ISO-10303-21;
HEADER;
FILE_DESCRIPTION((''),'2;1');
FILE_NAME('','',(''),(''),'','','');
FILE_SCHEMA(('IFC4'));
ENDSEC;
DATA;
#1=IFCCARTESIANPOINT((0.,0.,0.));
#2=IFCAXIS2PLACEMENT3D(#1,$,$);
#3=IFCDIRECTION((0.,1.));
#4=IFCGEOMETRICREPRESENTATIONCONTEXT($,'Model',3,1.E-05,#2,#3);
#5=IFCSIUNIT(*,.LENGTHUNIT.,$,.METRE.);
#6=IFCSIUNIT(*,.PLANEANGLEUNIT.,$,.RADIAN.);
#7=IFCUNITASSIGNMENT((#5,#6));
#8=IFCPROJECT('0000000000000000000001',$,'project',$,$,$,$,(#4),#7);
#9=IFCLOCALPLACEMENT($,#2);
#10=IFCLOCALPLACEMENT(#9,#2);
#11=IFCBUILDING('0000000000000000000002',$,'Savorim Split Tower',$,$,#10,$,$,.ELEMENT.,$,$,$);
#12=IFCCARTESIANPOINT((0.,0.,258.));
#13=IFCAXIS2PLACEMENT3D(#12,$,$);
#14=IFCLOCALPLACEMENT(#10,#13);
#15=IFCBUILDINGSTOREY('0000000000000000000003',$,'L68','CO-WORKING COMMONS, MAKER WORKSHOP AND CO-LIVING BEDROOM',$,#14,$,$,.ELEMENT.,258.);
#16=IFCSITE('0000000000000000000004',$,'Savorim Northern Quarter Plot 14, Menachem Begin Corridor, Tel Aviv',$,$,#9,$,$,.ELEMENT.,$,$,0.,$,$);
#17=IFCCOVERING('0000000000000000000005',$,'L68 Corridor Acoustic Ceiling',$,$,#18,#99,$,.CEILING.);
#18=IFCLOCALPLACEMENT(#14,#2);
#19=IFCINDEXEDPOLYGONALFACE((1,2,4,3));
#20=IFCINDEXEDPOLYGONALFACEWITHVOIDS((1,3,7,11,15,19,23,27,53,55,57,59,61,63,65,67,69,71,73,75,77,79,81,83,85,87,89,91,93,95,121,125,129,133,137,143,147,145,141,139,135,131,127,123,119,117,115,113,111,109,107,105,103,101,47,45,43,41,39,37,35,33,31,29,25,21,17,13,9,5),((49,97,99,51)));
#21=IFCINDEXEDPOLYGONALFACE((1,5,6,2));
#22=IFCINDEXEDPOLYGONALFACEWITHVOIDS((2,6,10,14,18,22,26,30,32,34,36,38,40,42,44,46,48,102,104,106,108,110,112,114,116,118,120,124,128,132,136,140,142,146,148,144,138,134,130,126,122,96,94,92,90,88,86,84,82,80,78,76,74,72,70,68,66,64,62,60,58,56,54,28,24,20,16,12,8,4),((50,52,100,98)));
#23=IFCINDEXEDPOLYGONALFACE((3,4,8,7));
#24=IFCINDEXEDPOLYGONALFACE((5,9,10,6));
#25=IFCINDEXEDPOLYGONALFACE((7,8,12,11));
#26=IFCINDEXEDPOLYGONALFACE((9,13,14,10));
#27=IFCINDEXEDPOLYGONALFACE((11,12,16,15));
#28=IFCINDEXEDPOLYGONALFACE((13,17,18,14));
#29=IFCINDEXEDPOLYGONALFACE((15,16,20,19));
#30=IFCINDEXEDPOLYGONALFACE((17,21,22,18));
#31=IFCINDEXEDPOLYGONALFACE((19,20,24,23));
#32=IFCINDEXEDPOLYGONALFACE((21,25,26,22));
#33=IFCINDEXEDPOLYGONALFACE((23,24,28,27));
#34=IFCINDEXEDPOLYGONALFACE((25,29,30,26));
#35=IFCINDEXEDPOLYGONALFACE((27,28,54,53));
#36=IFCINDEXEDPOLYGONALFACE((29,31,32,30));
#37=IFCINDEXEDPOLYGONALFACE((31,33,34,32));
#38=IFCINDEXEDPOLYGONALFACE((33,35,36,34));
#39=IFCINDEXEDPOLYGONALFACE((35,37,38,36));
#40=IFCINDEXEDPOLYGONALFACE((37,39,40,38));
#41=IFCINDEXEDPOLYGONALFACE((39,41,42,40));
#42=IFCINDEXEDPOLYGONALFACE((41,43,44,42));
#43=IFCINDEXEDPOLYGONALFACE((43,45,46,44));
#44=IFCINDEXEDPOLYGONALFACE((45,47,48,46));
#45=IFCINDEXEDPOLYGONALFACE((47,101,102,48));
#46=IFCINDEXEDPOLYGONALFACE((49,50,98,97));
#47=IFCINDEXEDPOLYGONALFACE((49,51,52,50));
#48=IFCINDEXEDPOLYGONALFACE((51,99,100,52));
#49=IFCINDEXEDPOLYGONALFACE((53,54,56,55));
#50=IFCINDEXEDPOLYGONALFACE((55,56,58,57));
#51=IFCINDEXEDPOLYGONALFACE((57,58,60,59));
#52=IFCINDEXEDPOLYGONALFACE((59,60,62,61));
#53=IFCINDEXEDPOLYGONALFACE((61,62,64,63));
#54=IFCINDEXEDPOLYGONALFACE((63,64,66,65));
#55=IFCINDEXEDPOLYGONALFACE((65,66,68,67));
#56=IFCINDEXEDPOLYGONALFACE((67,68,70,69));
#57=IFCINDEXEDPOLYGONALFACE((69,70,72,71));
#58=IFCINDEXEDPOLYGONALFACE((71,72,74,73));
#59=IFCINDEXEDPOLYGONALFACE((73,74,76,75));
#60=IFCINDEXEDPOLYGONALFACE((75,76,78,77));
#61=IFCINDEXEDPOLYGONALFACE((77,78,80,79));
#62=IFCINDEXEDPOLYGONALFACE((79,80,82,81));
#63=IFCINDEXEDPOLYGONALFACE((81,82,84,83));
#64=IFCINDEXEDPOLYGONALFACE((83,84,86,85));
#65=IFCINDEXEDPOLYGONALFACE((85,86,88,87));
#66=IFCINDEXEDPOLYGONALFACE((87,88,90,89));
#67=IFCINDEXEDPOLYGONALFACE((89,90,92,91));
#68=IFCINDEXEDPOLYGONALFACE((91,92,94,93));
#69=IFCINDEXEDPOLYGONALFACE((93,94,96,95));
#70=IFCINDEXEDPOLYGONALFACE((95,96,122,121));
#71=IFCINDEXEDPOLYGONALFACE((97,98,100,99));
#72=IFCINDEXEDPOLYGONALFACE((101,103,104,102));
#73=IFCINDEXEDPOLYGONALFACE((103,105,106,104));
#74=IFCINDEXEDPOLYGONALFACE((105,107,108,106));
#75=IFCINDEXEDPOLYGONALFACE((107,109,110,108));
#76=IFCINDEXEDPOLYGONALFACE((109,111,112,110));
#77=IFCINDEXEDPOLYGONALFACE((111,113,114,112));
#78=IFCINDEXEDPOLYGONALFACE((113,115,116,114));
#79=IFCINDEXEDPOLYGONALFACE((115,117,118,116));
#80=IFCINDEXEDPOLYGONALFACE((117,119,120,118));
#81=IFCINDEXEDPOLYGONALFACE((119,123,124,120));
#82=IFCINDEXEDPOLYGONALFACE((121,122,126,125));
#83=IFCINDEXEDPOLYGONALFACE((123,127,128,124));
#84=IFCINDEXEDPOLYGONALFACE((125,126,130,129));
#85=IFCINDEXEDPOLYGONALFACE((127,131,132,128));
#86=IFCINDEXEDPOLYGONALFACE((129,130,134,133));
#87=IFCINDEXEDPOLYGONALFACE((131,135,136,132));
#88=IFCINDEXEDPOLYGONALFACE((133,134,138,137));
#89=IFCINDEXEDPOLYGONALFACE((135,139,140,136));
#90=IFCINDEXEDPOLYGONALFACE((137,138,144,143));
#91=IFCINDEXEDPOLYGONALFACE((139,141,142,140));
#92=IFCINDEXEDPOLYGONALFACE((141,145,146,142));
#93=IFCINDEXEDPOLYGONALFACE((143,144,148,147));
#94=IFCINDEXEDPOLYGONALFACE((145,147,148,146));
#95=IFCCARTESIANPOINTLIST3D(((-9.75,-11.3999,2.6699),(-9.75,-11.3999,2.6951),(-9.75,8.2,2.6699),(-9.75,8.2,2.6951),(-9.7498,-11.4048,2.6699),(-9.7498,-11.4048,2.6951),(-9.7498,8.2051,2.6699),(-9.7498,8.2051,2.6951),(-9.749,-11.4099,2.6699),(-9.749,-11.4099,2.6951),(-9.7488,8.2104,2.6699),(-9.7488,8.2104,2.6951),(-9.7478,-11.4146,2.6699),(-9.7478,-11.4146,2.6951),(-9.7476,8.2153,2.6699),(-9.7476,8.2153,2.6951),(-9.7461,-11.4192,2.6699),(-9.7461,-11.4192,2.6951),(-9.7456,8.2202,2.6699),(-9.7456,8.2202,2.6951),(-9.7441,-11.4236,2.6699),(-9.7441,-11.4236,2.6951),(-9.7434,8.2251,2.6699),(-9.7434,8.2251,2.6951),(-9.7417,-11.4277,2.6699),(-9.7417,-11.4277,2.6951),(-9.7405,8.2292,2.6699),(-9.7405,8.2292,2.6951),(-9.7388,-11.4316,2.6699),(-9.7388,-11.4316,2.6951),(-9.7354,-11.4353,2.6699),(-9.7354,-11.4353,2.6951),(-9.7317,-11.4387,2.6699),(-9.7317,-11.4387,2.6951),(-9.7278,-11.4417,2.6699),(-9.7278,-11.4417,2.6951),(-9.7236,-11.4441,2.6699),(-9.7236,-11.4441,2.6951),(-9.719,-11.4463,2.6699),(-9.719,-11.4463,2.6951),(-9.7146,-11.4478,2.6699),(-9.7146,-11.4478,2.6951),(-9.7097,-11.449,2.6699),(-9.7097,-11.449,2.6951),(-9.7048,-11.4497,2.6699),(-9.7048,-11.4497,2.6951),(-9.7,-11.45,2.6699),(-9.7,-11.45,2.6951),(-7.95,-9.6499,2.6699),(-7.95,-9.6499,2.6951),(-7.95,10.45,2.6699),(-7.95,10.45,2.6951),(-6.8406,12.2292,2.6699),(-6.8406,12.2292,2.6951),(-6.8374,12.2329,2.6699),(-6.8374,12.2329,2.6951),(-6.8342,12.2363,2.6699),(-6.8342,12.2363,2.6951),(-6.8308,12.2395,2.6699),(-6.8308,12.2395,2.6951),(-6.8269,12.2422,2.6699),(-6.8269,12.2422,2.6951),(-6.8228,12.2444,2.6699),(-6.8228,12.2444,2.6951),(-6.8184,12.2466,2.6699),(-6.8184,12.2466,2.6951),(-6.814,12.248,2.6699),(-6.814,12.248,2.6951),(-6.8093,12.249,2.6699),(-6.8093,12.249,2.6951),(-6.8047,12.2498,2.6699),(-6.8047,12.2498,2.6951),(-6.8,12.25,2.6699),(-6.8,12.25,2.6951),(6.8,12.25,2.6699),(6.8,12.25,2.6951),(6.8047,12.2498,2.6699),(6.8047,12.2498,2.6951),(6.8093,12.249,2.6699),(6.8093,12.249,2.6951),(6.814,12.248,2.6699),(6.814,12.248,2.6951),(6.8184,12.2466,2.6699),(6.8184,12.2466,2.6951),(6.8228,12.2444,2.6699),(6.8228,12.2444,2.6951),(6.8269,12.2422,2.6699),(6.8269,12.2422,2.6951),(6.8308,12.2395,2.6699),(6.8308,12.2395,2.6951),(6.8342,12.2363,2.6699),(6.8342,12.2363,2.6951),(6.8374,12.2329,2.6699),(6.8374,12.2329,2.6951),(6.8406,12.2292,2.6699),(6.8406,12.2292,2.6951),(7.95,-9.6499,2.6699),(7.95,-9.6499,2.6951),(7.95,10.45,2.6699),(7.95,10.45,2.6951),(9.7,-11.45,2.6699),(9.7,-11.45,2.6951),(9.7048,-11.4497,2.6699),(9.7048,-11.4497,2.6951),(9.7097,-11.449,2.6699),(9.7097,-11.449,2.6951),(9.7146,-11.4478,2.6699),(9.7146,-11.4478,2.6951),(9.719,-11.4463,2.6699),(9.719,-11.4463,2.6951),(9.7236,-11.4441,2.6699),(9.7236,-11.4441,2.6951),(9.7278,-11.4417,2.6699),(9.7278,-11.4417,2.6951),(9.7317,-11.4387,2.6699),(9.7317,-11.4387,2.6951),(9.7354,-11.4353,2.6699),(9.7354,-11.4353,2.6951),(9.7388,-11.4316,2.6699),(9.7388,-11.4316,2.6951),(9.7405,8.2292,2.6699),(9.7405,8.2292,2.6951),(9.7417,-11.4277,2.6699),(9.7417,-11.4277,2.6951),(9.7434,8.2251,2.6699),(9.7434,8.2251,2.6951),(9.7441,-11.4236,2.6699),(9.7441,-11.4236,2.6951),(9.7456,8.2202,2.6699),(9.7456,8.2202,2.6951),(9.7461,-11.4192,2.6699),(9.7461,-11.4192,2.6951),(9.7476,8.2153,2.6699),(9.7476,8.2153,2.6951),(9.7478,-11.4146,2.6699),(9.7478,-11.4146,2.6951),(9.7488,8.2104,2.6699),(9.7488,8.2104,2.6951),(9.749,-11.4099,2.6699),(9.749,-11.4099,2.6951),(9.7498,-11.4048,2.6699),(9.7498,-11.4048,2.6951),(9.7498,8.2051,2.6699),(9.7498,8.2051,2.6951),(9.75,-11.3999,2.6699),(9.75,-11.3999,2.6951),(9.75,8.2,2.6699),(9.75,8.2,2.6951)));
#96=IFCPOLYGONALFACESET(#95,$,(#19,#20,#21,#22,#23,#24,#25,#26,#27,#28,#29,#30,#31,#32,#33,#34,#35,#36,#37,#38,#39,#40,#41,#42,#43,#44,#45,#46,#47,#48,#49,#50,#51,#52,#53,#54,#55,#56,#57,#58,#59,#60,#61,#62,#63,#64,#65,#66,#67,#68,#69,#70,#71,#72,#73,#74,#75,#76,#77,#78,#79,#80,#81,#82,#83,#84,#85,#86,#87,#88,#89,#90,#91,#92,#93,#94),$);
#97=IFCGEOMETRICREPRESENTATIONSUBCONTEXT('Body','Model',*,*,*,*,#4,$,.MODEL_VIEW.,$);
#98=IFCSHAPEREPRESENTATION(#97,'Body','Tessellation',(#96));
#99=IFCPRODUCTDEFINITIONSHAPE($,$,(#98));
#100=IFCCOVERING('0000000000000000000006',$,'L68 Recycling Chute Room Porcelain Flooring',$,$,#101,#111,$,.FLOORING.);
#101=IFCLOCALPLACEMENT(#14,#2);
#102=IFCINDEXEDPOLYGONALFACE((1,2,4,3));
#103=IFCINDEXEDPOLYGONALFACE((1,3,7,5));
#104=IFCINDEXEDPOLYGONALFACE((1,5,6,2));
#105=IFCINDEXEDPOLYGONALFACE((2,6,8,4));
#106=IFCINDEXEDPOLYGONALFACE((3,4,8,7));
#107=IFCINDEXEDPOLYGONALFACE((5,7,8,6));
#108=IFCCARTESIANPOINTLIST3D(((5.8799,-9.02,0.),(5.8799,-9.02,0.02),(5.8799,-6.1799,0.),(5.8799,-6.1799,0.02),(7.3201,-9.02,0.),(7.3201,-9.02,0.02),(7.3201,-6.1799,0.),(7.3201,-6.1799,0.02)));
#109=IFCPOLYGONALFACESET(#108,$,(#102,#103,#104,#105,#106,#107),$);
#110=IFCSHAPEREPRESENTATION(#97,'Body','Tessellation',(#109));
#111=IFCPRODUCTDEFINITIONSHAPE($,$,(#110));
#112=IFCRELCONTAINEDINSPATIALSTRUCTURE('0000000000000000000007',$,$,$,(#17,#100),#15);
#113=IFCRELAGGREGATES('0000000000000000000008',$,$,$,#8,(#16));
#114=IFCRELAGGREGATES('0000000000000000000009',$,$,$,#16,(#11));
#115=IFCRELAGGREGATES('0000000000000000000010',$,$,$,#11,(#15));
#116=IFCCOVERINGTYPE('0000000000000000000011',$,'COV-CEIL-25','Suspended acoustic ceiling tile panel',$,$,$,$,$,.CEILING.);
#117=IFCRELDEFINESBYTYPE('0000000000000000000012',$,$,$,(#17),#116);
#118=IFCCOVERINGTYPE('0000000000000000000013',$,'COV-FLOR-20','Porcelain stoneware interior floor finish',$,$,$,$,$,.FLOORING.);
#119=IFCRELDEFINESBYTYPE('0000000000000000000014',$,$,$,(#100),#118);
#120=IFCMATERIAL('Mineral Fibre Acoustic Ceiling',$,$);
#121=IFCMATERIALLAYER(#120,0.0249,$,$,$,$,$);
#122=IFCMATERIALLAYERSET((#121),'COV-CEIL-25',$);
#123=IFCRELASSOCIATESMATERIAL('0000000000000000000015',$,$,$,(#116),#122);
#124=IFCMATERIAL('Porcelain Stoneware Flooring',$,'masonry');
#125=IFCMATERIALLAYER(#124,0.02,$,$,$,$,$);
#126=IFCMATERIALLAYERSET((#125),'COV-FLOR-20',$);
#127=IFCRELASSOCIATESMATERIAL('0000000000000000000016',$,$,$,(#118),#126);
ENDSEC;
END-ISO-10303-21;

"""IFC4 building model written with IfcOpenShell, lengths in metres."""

from ifc_helpers import new_model, si_unit, direction, frame, origin, place, context, subcontext, project, spatial, polyline, outline, extrude, material, layer, layer_set, type_object, element, save


model = new_model("IFC4")

# Units and contexts
model_context = context("Model", 3, precision=1e-05, world=origin(), true_north=direction((0.0, 1.0)))
body_context = subcontext(model_context, "Body", "Model", "MODEL_VIEW")
ifc_project = project(units=[si_unit("LENGTHUNIT", "METRE"), si_unit("PLANEANGLEUNIT", "RADIAN")], contexts=[model_context])

# Site, building, storey
site_placement = place(None, origin())
site = spatial("IfcSite", under=ifc_project, at=site_placement, Name="Savorim Northern Quarter Plot 14, Menachem Begin Corridor, Tel Aviv", CompositionType="ELEMENT", RefElevation=0.0)
building_placement = place(site_placement, origin())
building = spatial("IfcBuilding", under=site, at=building_placement, Name="Savorim Split Tower", CompositionType="ELEMENT")
storey_placement = place(building_placement, frame((0.0, 0.0, 258.0)))
storey = spatial("IfcBuildingStorey", under=building, at=storey_placement, Name="L68", Description="CO-WORKING COMMONS, MAKER WORKSHOP AND CO-LIVING BEDROOM", CompositionType="ELEMENT", Elevation=258.0)

# Coverings
ifc_material_1 = material(Name="Mineral Fibre Acoustic Ceiling")
ifc_layer_1 = layer(ifc_material_1, 0.0249)
ifc_layer_set_1 = layer_set([ifc_layer_1], Name="COV-CEIL-25")
covering_type_1 = type_object("IfcCoveringType", Name="COV-CEIL-25", Description="Suspended acoustic ceiling tile panel", PredefinedType="CEILING", material=ifc_layer_set_1)
covering_1_placement = place(storey_placement, frame((0.0, 0.0, 2.6699)))
element("IfcCovering", 1, at=covering_1_placement, inside=storey, type_object=covering_type_1, Name="L68 Corridor Acoustic Ceiling", PredefinedType="CEILING", context=body_context, shape_type="SweptSolid", body=[
    extrude(outline(polyline([(6.8093, 12.249), (6.8047, 12.2498), (6.8, 12.25), (-6.8, 12.25), (-6.8047, 12.2498), (-6.8093, 12.249), (-6.814, 12.248), (-6.8184, 12.2466), (-6.8228, 12.2444), (-6.8269, 12.2422), (-6.8308, 12.2395), (-6.8342, 12.2363), (-6.8374, 12.2329), (-6.8406, 12.2292), (-9.7405, 8.2292), (-9.7434, 8.2251), (-9.7456, 8.2202), (-9.7476, 8.2153), (-9.7488, 8.2104), (-9.7498, 8.2051), (-9.75, 8.2), (-9.75, -11.3999), (-9.7498, -11.4048), (-9.749, -11.4099), (-9.7478, -11.4146), (-9.7461, -11.4192), (-9.7441, -11.4236), (-9.7417, -11.4277), (-9.7388, -11.4316), (-9.7354, -11.4353), (-9.7317, -11.4387), (-9.7278, -11.4417), (-9.7236, -11.4441), (-9.719, -11.4463), (-9.7146, -11.4478), (-9.7097, -11.449), (-9.7048, -11.4497), (-9.7, -11.45), (9.7, -11.45), (9.7048, -11.4497), (9.7097, -11.449), (9.7146, -11.4478), (9.719, -11.4463), (9.7236, -11.4441), (9.7278, -11.4417), (9.7317, -11.4387), (9.7354, -11.4353), (9.7388, -11.4316), (9.7417, -11.4277), (9.7441, -11.4236), (9.7461, -11.4192), (9.7478, -11.4146), (9.749, -11.4099), (9.7498, -11.4048), (9.75, -11.3999), (9.75, 8.2), (9.7498, 8.2051), (9.7488, 8.2104), (9.7476, 8.2153), (9.7456, 8.2202), (9.7434, 8.2251), (9.7405, 8.2292), (6.8406, 12.2292), (6.8374, 12.2329), (6.8342, 12.2363), (6.8308, 12.2395), (6.8269, 12.2422), (6.8228, 12.2444), (6.8184, 12.2466), (6.814, 12.248), (6.8093, 12.249)]), holes=[polyline([(-7.95, 10.45), (-7.95, -9.6499), (7.95, -9.6499), (7.95, 10.45), (-7.95, 10.45)])]), origin(), (0.0, 0.0, 1.0), 0.0251),
])
ifc_material_2 = material(Name="Porcelain Stoneware Flooring", Category="masonry")
ifc_layer_2 = layer(ifc_material_2, 0.02)
ifc_layer_set_2 = layer_set([ifc_layer_2], Name="COV-FLOR-20")
covering_type_2 = type_object("IfcCoveringType", Name="COV-FLOR-20", Description="Porcelain stoneware interior floor finish", PredefinedType="FLOORING", material=ifc_layer_set_2)
covering_2_placement = place(storey_placement, origin())
element("IfcCovering", 2, at=covering_2_placement, inside=storey, type_object=covering_type_2, Name="L68 Recycling Chute Room Porcelain Flooring", PredefinedType="FLOORING", context=body_context, shape_type="SweptSolid", body=[
    extrude(outline(polyline([(5.8799, -6.1799), (5.8799, -9.02), (7.3201, -9.02), (7.3201, -6.1799), (5.8799, -6.1799)])), origin(), (0.0, 0.0, 1.0), 0.02),
])

save(model, "model.ifc")
